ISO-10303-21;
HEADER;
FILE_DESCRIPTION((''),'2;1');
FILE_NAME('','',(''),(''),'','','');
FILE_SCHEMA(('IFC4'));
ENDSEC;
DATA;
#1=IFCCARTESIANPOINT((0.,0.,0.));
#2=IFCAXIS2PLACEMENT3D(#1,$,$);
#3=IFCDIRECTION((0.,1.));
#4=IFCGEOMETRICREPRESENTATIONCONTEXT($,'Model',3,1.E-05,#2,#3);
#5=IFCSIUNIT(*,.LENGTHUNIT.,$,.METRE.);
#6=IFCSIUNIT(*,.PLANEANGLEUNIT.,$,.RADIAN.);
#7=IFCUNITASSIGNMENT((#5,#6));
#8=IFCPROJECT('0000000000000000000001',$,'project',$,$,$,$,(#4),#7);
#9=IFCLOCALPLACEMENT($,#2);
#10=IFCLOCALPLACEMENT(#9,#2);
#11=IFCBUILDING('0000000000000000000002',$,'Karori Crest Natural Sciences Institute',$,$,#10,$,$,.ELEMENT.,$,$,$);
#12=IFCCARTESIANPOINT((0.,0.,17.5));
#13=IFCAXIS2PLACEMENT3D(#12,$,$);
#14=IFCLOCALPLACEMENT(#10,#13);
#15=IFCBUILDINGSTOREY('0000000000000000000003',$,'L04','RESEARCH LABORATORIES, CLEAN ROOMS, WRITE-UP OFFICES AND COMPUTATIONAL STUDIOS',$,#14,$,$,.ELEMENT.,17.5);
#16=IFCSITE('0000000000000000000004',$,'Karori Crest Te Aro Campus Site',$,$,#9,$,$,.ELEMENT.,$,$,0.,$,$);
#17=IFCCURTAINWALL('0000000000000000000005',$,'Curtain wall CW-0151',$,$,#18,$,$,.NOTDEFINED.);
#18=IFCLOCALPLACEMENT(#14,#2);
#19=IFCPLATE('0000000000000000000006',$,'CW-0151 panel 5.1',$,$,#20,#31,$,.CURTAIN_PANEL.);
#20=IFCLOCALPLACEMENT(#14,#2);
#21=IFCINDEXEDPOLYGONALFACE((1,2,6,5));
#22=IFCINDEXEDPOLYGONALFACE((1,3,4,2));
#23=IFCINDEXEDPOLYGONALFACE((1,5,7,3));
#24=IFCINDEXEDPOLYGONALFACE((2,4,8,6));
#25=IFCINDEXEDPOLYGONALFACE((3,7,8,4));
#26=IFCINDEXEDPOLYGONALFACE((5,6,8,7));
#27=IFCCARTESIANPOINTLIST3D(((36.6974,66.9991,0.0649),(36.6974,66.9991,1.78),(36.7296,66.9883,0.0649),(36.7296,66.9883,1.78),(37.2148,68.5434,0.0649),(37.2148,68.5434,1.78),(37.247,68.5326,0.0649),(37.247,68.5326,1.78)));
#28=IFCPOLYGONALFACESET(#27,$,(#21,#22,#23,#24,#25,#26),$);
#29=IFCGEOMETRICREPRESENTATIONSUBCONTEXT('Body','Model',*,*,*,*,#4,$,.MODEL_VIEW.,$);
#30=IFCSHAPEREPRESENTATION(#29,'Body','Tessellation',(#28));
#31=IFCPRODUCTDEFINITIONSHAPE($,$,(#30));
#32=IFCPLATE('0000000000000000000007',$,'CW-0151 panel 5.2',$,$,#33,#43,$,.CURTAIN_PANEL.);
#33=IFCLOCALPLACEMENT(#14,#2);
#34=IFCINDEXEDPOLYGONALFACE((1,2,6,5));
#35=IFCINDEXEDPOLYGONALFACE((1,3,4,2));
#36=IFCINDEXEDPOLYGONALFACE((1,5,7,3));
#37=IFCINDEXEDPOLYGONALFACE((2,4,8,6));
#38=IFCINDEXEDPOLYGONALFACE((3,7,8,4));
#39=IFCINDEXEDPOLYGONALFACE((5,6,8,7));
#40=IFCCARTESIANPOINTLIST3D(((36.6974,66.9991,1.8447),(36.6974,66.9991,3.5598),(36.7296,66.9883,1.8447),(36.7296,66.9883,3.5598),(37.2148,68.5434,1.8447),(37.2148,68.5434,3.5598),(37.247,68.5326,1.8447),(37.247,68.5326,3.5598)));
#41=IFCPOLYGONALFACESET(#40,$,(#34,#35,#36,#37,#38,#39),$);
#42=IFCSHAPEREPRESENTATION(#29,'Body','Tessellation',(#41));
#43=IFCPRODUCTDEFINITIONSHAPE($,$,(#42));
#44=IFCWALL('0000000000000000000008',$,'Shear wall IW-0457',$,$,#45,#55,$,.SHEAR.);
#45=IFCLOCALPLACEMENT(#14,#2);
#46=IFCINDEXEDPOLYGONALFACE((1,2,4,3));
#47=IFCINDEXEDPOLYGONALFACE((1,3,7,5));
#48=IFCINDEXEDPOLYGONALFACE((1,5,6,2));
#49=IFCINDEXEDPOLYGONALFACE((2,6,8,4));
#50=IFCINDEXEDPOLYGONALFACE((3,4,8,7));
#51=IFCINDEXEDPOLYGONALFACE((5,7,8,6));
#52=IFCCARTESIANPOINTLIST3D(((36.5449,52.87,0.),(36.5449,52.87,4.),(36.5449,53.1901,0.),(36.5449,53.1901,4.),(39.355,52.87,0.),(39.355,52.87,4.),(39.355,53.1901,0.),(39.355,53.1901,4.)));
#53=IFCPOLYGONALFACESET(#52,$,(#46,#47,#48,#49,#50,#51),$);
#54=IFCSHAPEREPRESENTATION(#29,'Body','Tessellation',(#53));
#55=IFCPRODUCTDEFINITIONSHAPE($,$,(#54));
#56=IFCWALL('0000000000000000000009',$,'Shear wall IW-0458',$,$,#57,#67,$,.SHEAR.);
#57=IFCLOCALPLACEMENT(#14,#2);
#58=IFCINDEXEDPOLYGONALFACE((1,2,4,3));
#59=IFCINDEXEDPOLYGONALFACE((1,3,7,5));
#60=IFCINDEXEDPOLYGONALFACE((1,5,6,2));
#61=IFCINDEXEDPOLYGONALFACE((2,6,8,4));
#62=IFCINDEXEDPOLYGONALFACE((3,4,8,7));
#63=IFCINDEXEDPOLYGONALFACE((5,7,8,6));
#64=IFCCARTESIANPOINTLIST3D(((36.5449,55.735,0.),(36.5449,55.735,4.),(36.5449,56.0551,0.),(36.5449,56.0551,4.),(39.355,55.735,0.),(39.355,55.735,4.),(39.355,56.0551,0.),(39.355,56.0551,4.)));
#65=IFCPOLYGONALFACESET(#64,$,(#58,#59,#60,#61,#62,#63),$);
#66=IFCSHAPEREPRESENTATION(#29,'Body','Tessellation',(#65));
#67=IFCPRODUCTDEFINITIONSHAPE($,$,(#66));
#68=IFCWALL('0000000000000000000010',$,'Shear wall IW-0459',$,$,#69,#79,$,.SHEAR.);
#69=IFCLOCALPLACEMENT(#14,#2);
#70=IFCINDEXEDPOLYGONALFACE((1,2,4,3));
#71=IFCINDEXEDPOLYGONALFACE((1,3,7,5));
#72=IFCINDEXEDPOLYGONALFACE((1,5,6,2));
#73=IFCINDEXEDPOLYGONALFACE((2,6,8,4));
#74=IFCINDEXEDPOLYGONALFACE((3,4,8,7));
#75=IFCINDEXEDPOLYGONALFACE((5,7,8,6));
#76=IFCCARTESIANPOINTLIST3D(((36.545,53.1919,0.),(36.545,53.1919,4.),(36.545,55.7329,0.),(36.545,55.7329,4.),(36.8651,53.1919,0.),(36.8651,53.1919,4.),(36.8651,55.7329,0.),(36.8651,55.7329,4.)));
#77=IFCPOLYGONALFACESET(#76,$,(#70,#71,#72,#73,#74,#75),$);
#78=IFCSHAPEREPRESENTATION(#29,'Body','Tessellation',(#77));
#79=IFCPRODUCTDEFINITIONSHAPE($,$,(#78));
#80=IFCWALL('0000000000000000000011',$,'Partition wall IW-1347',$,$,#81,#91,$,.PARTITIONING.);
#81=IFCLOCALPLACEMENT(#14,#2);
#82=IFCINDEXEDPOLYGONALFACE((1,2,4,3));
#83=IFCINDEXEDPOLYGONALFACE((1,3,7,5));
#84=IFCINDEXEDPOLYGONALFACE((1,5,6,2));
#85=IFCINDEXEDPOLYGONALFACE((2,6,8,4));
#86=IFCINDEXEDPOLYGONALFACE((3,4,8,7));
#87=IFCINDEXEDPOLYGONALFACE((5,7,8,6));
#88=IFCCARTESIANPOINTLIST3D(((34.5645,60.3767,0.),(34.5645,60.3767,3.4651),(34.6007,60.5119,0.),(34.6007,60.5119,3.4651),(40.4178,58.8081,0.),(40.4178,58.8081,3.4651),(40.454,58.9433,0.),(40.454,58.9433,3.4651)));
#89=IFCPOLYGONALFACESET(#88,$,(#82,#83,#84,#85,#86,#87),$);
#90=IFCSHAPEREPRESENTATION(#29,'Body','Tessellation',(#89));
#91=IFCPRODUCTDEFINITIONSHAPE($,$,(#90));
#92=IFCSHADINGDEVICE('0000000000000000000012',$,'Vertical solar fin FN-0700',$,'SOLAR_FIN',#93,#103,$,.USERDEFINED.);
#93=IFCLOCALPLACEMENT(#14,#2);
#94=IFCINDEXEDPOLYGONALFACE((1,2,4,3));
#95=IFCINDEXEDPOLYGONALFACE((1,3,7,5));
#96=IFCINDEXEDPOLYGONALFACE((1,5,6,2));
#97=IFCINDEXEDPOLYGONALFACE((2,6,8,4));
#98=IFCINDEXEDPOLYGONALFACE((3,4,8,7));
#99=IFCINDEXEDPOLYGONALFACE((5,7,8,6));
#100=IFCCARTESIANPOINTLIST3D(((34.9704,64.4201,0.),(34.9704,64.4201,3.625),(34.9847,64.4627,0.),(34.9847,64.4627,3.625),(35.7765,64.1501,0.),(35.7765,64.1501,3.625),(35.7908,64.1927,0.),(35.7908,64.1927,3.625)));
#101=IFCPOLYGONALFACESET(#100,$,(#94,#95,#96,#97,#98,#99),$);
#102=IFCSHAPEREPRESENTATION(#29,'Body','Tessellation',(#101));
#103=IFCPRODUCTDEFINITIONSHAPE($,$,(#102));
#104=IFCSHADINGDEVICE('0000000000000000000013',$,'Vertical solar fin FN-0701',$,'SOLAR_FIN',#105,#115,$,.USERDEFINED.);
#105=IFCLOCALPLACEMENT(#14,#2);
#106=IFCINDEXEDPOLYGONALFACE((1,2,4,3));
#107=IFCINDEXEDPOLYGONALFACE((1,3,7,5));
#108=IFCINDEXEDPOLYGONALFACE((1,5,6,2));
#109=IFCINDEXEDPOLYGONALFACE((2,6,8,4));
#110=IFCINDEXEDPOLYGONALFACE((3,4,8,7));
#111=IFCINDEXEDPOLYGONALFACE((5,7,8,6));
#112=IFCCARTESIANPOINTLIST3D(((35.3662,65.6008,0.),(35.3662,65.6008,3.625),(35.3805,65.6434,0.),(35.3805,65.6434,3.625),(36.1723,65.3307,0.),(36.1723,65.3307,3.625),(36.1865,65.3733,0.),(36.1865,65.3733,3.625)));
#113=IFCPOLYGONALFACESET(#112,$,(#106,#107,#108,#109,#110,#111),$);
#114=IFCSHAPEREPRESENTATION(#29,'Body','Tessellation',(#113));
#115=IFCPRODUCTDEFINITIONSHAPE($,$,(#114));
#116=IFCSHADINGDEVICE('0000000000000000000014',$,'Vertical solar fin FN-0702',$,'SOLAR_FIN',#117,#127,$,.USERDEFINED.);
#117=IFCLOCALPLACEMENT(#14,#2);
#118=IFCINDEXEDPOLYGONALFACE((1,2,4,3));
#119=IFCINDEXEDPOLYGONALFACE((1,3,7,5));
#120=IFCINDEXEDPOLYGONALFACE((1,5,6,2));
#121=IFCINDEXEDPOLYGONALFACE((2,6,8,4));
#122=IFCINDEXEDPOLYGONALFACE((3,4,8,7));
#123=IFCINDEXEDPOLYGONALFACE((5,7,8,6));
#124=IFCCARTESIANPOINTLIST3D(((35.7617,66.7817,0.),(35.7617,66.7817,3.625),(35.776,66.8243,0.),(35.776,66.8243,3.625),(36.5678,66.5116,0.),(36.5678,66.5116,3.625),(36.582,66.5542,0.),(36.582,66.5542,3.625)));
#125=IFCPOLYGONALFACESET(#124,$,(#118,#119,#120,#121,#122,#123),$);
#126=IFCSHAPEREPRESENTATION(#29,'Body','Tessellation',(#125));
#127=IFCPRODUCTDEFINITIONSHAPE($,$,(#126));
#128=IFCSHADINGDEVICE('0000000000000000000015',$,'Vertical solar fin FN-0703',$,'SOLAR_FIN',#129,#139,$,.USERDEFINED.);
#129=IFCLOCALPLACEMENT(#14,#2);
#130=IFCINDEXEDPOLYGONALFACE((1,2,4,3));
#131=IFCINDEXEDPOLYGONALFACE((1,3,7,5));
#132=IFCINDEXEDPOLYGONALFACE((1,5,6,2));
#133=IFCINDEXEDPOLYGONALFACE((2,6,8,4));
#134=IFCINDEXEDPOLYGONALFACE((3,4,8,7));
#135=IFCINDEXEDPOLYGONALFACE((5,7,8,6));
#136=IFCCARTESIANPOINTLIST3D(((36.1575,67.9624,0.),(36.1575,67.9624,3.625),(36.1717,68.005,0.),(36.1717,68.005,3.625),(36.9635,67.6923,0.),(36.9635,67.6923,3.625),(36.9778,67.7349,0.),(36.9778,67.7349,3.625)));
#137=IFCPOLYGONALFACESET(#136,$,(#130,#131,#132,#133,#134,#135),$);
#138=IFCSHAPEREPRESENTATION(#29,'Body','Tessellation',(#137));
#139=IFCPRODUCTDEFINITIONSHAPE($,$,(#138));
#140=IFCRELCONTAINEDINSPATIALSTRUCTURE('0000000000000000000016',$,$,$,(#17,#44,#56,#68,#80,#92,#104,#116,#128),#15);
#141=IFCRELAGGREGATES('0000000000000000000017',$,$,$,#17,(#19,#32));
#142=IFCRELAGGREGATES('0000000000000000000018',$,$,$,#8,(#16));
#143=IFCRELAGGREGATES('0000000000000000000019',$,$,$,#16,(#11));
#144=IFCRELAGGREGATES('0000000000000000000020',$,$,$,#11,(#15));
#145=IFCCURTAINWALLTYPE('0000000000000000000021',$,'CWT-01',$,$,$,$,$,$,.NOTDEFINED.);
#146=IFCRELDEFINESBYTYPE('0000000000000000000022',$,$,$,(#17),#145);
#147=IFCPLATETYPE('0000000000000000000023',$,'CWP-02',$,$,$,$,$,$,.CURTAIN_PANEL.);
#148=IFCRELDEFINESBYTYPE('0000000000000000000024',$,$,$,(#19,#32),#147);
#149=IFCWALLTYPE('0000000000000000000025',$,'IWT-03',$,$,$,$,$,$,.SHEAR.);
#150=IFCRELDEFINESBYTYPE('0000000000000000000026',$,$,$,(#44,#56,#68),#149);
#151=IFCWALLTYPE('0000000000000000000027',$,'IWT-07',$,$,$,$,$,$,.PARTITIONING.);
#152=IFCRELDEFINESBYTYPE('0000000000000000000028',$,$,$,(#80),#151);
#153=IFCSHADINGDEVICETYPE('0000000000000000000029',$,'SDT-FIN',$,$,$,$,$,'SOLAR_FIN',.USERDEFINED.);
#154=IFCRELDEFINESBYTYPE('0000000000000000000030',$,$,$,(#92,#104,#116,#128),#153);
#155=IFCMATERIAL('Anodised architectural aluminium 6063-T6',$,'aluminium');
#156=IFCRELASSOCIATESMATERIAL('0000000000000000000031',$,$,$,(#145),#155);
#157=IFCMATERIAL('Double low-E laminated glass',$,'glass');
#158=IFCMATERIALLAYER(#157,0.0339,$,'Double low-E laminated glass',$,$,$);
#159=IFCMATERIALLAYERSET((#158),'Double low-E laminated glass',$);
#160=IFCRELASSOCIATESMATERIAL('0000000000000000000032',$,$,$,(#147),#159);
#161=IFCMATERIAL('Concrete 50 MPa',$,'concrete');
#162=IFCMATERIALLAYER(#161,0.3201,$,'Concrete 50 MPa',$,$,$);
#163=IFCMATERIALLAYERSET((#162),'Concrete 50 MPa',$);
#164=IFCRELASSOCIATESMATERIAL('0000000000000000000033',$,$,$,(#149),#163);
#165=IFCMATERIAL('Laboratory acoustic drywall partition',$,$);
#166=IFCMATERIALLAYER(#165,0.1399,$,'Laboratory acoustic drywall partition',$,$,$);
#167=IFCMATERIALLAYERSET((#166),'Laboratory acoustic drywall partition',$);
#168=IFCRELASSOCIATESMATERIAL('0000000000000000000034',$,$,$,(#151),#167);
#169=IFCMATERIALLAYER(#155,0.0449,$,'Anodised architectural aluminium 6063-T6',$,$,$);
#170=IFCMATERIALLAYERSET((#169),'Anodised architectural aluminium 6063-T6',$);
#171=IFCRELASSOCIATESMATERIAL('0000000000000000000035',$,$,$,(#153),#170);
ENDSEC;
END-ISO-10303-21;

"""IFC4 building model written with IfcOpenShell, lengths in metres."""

from ifc_helpers import new_model, si_unit, direction, frame, frame_2d, origin, origin_2d, place, context, subcontext, project, spatial, rectangle, extrude, material, layer, layer_set, type_object, element, aggregate, save


model = new_model("IFC4")

# Units and contexts
model_context = context("Model", 3, precision=1e-05, world=origin(), true_north=direction((0.0, 1.0)))
body_context = subcontext(model_context, "Body", "Model", "MODEL_VIEW")
ifc_project = project(units=[si_unit("LENGTHUNIT", "METRE"), si_unit("PLANEANGLEUNIT", "RADIAN")], contexts=[model_context])

# Site, building, storey
site_placement = place(None, origin())
site = spatial("IfcSite", under=ifc_project, at=site_placement, Name="Karori Crest Te Aro Campus Site", CompositionType="ELEMENT", RefElevation=0.0)
building_placement = place(site_placement, origin())
building = spatial("IfcBuilding", under=site, at=building_placement, Name="Karori Crest Natural Sciences Institute", CompositionType="ELEMENT")
storey_placement = place(building_placement, frame((0.0, 0.0, 17.5)))
storey = spatial("IfcBuildingStorey", under=building, at=storey_placement, Name="L04", Description="RESEARCH LABORATORIES, CLEAN ROOMS, WRITE-UP OFFICES AND COMPUTATIONAL STUDIOS", CompositionType="ELEMENT", Elevation=17.5)

# Curtain wall, plates
ifc_material_1 = material(Name="Anodised architectural aluminium 6063-T6", Category="aluminium")
curtain_wall_type = type_object("IfcCurtainWallType", Name="CWT-01", PredefinedType="NOTDEFINED", material=ifc_material_1)
curtain_wall_placement = place(storey_placement, origin())
curtain_wall = element("IfcCurtainWall", 1, at=curtain_wall_placement, inside=storey, type_object=curtain_wall_type, Name="Curtain wall CW-0151", PredefinedType="NOTDEFINED")
ifc_material_2 = material(Name="Double low-E laminated glass", Category="glass")
ifc_layer_1 = layer(ifc_material_2, 0.0339, Name="Double low-E laminated glass")
ifc_layer_set_1 = layer_set([ifc_layer_1], Name="Double low-E laminated glass")
plate_type = type_object("IfcPlateType", Name="CWP-02", PredefinedType="CURTAIN_PANEL", material=ifc_layer_set_1)
plate_1_placement = place(storey_placement, frame((36.9722, 67.7659, 0.0649), z_axis=(0.0, 0.0, 1.0), x_axis=(0.31768, 0.948198, 0.0)))
plate_1 = element("IfcPlate", 2, at=plate_1_placement, type_object=plate_type, Name="CW-0151 panel 5.1", PredefinedType="CURTAIN_PANEL", context=body_context, shape_type="SweptSolid", body=[
    extrude(rectangle(XDim=1.6287, YDim=0.0339, at=origin_2d()), origin(), (0.0, 0.0, 1.0), 1.7151),
])
plate_2_placement = place(storey_placement, frame((36.9722, 67.7659, 1.8447), z_axis=(0.0, 0.0, 1.0), x_axis=(0.31768, 0.948198, 0.0)))
plate_2 = element("IfcPlate", 3, at=plate_2_placement, type_object=plate_type, Name="CW-0151 panel 5.2", PredefinedType="CURTAIN_PANEL", context=body_context, shape_type="SweptSolid", body=[
    extrude(rectangle(XDim=1.6287, YDim=0.0339, at=origin_2d()), origin(), (0.0, 0.0, 1.0), 1.7151),
])
aggregate(curtain_wall, [plate_1, plate_2])

# Walls
ifc_material_3 = material(Name="Concrete 50 MPa", Category="concrete")
ifc_layer_2 = layer(ifc_material_3, 0.3201, Name="Concrete 50 MPa")
ifc_layer_set_2 = layer_set([ifc_layer_2], Name="Concrete 50 MPa")
wall_type_1 = type_object("IfcWallType", Name="IWT-03", PredefinedType="SHEAR", material=ifc_layer_set_2)
for number, where, z_axis, x_axis, name in (
    (4, (36.5449, 53.03, 0.0), (0.0, 0.0, 1.0), (1.0, 0.0, 0.0), "Shear wall IW-0457"),
    (5, (36.5449, 55.895, 0.0), (0.0, 0.0, 1.0), (1.0, 0.0, 0.0), "Shear wall IW-0458"),
):
    element("IfcWall", number, at=place(storey_placement, frame(where, z_axis=z_axis, x_axis=x_axis)), inside=storey, type_object=wall_type_1, Name=name, PredefinedType="SHEAR", context=body_context, shape_type="SweptSolid", body=[
        extrude(rectangle(XDim=2.8101, YDim=0.3201, at=frame_2d((1.405, 0.0))), origin(), (0.0, 0.0, 1.0), 4.0),
    ])
wall_1_placement = place(storey_placement, frame((36.7051, 53.1919, 0.0), z_axis=(0.0, 0.0, 1.0), x_axis=(0.0, 1.0, 0.0)))
element("IfcWall", 6, at=wall_1_placement, inside=storey, type_object=wall_type_1, Name="Shear wall IW-0459", PredefinedType="SHEAR", context=body_context, shape_type="SweptSolid", body=[
    extrude(rectangle(XDim=2.541, YDim=0.3201, at=frame_2d((1.2705, 0.0))), origin(), (0.0, 0.0, 1.0), 4.0),
])

# Wall
ifc_material_4 = material(Name="Laboratory acoustic drywall partition")
ifc_layer_3 = layer(ifc_material_4, 0.1399, Name="Laboratory acoustic drywall partition")
ifc_layer_set_3 = layer_set([ifc_layer_3], Name="Laboratory acoustic drywall partition")
wall_type_2 = type_object("IfcWallType", Name="IWT-07", PredefinedType="PARTITIONING", material=ifc_layer_set_3)
wall_2_placement = place(storey_placement, frame((40.4358, 58.8757, 0.0), z_axis=(0.0, 0.0, 1.0), x_axis=(-0.965917, 0.258854, 0.0)))
element("IfcWall", 7, at=wall_2_placement, inside=storey, type_object=wall_type_2, Name="Partition wall IW-1347", PredefinedType="PARTITIONING", context=body_context, shape_type="SweptSolid", body=[
    extrude(rectangle(XDim=6.0598, YDim=0.1399, at=frame_2d((3.0298, 0.0))), origin(), (0.0, 0.0, 1.0), 3.4651),
])

# Shading devices
ifc_layer_4 = layer(ifc_material_1, 0.0449, Name="Anodised architectural aluminium 6063-T6")
ifc_layer_set_4 = layer_set([ifc_layer_4], Name="Anodised architectural aluminium 6063-T6")
shading_device_type = type_object("IfcShadingDeviceType", Name="SDT-FIN", ElementType="SOLAR_FIN", PredefinedType="USERDEFINED", material=ifc_layer_set_4)
for number, where, z_axis, x_axis, name in (
    (8, (35.3806, 64.3064, 0.0), (0.0, 0.0, 1.0), (-0.948198, 0.31768, 0.0), "Vertical solar fin FN-0700"),
    (9, (35.7764, 65.4871, 0.0), (0.0, 0.0, 1.0), (-0.948198, 0.31768, 0.0), "Vertical solar fin FN-0701"),
    (10, (36.1719, 66.668, 0.0), (0.0, 0.0, 1.0), (-0.948198, 0.31768, 0.0), "Vertical solar fin FN-0702"),
    (11, (36.5676, 67.8486, 0.0), (0.0, 0.0, 1.0), (-0.948198, 0.31768, 0.0), "Vertical solar fin FN-0703"),
):
    element("IfcShadingDevice", number, at=place(storey_placement, frame(where, z_axis=z_axis, x_axis=x_axis)), inside=storey, type_object=shading_device_type, Name=name, ObjectType="SOLAR_FIN", PredefinedType="USERDEFINED", context=body_context, shape_type="SweptSolid", body=[
        extrude(rectangle(XDim=0.8501, YDim=0.0449, at=origin_2d()), origin(), (0.0, 0.0, 1.0), 3.625),
    ])

save(model, "model.ifc")
